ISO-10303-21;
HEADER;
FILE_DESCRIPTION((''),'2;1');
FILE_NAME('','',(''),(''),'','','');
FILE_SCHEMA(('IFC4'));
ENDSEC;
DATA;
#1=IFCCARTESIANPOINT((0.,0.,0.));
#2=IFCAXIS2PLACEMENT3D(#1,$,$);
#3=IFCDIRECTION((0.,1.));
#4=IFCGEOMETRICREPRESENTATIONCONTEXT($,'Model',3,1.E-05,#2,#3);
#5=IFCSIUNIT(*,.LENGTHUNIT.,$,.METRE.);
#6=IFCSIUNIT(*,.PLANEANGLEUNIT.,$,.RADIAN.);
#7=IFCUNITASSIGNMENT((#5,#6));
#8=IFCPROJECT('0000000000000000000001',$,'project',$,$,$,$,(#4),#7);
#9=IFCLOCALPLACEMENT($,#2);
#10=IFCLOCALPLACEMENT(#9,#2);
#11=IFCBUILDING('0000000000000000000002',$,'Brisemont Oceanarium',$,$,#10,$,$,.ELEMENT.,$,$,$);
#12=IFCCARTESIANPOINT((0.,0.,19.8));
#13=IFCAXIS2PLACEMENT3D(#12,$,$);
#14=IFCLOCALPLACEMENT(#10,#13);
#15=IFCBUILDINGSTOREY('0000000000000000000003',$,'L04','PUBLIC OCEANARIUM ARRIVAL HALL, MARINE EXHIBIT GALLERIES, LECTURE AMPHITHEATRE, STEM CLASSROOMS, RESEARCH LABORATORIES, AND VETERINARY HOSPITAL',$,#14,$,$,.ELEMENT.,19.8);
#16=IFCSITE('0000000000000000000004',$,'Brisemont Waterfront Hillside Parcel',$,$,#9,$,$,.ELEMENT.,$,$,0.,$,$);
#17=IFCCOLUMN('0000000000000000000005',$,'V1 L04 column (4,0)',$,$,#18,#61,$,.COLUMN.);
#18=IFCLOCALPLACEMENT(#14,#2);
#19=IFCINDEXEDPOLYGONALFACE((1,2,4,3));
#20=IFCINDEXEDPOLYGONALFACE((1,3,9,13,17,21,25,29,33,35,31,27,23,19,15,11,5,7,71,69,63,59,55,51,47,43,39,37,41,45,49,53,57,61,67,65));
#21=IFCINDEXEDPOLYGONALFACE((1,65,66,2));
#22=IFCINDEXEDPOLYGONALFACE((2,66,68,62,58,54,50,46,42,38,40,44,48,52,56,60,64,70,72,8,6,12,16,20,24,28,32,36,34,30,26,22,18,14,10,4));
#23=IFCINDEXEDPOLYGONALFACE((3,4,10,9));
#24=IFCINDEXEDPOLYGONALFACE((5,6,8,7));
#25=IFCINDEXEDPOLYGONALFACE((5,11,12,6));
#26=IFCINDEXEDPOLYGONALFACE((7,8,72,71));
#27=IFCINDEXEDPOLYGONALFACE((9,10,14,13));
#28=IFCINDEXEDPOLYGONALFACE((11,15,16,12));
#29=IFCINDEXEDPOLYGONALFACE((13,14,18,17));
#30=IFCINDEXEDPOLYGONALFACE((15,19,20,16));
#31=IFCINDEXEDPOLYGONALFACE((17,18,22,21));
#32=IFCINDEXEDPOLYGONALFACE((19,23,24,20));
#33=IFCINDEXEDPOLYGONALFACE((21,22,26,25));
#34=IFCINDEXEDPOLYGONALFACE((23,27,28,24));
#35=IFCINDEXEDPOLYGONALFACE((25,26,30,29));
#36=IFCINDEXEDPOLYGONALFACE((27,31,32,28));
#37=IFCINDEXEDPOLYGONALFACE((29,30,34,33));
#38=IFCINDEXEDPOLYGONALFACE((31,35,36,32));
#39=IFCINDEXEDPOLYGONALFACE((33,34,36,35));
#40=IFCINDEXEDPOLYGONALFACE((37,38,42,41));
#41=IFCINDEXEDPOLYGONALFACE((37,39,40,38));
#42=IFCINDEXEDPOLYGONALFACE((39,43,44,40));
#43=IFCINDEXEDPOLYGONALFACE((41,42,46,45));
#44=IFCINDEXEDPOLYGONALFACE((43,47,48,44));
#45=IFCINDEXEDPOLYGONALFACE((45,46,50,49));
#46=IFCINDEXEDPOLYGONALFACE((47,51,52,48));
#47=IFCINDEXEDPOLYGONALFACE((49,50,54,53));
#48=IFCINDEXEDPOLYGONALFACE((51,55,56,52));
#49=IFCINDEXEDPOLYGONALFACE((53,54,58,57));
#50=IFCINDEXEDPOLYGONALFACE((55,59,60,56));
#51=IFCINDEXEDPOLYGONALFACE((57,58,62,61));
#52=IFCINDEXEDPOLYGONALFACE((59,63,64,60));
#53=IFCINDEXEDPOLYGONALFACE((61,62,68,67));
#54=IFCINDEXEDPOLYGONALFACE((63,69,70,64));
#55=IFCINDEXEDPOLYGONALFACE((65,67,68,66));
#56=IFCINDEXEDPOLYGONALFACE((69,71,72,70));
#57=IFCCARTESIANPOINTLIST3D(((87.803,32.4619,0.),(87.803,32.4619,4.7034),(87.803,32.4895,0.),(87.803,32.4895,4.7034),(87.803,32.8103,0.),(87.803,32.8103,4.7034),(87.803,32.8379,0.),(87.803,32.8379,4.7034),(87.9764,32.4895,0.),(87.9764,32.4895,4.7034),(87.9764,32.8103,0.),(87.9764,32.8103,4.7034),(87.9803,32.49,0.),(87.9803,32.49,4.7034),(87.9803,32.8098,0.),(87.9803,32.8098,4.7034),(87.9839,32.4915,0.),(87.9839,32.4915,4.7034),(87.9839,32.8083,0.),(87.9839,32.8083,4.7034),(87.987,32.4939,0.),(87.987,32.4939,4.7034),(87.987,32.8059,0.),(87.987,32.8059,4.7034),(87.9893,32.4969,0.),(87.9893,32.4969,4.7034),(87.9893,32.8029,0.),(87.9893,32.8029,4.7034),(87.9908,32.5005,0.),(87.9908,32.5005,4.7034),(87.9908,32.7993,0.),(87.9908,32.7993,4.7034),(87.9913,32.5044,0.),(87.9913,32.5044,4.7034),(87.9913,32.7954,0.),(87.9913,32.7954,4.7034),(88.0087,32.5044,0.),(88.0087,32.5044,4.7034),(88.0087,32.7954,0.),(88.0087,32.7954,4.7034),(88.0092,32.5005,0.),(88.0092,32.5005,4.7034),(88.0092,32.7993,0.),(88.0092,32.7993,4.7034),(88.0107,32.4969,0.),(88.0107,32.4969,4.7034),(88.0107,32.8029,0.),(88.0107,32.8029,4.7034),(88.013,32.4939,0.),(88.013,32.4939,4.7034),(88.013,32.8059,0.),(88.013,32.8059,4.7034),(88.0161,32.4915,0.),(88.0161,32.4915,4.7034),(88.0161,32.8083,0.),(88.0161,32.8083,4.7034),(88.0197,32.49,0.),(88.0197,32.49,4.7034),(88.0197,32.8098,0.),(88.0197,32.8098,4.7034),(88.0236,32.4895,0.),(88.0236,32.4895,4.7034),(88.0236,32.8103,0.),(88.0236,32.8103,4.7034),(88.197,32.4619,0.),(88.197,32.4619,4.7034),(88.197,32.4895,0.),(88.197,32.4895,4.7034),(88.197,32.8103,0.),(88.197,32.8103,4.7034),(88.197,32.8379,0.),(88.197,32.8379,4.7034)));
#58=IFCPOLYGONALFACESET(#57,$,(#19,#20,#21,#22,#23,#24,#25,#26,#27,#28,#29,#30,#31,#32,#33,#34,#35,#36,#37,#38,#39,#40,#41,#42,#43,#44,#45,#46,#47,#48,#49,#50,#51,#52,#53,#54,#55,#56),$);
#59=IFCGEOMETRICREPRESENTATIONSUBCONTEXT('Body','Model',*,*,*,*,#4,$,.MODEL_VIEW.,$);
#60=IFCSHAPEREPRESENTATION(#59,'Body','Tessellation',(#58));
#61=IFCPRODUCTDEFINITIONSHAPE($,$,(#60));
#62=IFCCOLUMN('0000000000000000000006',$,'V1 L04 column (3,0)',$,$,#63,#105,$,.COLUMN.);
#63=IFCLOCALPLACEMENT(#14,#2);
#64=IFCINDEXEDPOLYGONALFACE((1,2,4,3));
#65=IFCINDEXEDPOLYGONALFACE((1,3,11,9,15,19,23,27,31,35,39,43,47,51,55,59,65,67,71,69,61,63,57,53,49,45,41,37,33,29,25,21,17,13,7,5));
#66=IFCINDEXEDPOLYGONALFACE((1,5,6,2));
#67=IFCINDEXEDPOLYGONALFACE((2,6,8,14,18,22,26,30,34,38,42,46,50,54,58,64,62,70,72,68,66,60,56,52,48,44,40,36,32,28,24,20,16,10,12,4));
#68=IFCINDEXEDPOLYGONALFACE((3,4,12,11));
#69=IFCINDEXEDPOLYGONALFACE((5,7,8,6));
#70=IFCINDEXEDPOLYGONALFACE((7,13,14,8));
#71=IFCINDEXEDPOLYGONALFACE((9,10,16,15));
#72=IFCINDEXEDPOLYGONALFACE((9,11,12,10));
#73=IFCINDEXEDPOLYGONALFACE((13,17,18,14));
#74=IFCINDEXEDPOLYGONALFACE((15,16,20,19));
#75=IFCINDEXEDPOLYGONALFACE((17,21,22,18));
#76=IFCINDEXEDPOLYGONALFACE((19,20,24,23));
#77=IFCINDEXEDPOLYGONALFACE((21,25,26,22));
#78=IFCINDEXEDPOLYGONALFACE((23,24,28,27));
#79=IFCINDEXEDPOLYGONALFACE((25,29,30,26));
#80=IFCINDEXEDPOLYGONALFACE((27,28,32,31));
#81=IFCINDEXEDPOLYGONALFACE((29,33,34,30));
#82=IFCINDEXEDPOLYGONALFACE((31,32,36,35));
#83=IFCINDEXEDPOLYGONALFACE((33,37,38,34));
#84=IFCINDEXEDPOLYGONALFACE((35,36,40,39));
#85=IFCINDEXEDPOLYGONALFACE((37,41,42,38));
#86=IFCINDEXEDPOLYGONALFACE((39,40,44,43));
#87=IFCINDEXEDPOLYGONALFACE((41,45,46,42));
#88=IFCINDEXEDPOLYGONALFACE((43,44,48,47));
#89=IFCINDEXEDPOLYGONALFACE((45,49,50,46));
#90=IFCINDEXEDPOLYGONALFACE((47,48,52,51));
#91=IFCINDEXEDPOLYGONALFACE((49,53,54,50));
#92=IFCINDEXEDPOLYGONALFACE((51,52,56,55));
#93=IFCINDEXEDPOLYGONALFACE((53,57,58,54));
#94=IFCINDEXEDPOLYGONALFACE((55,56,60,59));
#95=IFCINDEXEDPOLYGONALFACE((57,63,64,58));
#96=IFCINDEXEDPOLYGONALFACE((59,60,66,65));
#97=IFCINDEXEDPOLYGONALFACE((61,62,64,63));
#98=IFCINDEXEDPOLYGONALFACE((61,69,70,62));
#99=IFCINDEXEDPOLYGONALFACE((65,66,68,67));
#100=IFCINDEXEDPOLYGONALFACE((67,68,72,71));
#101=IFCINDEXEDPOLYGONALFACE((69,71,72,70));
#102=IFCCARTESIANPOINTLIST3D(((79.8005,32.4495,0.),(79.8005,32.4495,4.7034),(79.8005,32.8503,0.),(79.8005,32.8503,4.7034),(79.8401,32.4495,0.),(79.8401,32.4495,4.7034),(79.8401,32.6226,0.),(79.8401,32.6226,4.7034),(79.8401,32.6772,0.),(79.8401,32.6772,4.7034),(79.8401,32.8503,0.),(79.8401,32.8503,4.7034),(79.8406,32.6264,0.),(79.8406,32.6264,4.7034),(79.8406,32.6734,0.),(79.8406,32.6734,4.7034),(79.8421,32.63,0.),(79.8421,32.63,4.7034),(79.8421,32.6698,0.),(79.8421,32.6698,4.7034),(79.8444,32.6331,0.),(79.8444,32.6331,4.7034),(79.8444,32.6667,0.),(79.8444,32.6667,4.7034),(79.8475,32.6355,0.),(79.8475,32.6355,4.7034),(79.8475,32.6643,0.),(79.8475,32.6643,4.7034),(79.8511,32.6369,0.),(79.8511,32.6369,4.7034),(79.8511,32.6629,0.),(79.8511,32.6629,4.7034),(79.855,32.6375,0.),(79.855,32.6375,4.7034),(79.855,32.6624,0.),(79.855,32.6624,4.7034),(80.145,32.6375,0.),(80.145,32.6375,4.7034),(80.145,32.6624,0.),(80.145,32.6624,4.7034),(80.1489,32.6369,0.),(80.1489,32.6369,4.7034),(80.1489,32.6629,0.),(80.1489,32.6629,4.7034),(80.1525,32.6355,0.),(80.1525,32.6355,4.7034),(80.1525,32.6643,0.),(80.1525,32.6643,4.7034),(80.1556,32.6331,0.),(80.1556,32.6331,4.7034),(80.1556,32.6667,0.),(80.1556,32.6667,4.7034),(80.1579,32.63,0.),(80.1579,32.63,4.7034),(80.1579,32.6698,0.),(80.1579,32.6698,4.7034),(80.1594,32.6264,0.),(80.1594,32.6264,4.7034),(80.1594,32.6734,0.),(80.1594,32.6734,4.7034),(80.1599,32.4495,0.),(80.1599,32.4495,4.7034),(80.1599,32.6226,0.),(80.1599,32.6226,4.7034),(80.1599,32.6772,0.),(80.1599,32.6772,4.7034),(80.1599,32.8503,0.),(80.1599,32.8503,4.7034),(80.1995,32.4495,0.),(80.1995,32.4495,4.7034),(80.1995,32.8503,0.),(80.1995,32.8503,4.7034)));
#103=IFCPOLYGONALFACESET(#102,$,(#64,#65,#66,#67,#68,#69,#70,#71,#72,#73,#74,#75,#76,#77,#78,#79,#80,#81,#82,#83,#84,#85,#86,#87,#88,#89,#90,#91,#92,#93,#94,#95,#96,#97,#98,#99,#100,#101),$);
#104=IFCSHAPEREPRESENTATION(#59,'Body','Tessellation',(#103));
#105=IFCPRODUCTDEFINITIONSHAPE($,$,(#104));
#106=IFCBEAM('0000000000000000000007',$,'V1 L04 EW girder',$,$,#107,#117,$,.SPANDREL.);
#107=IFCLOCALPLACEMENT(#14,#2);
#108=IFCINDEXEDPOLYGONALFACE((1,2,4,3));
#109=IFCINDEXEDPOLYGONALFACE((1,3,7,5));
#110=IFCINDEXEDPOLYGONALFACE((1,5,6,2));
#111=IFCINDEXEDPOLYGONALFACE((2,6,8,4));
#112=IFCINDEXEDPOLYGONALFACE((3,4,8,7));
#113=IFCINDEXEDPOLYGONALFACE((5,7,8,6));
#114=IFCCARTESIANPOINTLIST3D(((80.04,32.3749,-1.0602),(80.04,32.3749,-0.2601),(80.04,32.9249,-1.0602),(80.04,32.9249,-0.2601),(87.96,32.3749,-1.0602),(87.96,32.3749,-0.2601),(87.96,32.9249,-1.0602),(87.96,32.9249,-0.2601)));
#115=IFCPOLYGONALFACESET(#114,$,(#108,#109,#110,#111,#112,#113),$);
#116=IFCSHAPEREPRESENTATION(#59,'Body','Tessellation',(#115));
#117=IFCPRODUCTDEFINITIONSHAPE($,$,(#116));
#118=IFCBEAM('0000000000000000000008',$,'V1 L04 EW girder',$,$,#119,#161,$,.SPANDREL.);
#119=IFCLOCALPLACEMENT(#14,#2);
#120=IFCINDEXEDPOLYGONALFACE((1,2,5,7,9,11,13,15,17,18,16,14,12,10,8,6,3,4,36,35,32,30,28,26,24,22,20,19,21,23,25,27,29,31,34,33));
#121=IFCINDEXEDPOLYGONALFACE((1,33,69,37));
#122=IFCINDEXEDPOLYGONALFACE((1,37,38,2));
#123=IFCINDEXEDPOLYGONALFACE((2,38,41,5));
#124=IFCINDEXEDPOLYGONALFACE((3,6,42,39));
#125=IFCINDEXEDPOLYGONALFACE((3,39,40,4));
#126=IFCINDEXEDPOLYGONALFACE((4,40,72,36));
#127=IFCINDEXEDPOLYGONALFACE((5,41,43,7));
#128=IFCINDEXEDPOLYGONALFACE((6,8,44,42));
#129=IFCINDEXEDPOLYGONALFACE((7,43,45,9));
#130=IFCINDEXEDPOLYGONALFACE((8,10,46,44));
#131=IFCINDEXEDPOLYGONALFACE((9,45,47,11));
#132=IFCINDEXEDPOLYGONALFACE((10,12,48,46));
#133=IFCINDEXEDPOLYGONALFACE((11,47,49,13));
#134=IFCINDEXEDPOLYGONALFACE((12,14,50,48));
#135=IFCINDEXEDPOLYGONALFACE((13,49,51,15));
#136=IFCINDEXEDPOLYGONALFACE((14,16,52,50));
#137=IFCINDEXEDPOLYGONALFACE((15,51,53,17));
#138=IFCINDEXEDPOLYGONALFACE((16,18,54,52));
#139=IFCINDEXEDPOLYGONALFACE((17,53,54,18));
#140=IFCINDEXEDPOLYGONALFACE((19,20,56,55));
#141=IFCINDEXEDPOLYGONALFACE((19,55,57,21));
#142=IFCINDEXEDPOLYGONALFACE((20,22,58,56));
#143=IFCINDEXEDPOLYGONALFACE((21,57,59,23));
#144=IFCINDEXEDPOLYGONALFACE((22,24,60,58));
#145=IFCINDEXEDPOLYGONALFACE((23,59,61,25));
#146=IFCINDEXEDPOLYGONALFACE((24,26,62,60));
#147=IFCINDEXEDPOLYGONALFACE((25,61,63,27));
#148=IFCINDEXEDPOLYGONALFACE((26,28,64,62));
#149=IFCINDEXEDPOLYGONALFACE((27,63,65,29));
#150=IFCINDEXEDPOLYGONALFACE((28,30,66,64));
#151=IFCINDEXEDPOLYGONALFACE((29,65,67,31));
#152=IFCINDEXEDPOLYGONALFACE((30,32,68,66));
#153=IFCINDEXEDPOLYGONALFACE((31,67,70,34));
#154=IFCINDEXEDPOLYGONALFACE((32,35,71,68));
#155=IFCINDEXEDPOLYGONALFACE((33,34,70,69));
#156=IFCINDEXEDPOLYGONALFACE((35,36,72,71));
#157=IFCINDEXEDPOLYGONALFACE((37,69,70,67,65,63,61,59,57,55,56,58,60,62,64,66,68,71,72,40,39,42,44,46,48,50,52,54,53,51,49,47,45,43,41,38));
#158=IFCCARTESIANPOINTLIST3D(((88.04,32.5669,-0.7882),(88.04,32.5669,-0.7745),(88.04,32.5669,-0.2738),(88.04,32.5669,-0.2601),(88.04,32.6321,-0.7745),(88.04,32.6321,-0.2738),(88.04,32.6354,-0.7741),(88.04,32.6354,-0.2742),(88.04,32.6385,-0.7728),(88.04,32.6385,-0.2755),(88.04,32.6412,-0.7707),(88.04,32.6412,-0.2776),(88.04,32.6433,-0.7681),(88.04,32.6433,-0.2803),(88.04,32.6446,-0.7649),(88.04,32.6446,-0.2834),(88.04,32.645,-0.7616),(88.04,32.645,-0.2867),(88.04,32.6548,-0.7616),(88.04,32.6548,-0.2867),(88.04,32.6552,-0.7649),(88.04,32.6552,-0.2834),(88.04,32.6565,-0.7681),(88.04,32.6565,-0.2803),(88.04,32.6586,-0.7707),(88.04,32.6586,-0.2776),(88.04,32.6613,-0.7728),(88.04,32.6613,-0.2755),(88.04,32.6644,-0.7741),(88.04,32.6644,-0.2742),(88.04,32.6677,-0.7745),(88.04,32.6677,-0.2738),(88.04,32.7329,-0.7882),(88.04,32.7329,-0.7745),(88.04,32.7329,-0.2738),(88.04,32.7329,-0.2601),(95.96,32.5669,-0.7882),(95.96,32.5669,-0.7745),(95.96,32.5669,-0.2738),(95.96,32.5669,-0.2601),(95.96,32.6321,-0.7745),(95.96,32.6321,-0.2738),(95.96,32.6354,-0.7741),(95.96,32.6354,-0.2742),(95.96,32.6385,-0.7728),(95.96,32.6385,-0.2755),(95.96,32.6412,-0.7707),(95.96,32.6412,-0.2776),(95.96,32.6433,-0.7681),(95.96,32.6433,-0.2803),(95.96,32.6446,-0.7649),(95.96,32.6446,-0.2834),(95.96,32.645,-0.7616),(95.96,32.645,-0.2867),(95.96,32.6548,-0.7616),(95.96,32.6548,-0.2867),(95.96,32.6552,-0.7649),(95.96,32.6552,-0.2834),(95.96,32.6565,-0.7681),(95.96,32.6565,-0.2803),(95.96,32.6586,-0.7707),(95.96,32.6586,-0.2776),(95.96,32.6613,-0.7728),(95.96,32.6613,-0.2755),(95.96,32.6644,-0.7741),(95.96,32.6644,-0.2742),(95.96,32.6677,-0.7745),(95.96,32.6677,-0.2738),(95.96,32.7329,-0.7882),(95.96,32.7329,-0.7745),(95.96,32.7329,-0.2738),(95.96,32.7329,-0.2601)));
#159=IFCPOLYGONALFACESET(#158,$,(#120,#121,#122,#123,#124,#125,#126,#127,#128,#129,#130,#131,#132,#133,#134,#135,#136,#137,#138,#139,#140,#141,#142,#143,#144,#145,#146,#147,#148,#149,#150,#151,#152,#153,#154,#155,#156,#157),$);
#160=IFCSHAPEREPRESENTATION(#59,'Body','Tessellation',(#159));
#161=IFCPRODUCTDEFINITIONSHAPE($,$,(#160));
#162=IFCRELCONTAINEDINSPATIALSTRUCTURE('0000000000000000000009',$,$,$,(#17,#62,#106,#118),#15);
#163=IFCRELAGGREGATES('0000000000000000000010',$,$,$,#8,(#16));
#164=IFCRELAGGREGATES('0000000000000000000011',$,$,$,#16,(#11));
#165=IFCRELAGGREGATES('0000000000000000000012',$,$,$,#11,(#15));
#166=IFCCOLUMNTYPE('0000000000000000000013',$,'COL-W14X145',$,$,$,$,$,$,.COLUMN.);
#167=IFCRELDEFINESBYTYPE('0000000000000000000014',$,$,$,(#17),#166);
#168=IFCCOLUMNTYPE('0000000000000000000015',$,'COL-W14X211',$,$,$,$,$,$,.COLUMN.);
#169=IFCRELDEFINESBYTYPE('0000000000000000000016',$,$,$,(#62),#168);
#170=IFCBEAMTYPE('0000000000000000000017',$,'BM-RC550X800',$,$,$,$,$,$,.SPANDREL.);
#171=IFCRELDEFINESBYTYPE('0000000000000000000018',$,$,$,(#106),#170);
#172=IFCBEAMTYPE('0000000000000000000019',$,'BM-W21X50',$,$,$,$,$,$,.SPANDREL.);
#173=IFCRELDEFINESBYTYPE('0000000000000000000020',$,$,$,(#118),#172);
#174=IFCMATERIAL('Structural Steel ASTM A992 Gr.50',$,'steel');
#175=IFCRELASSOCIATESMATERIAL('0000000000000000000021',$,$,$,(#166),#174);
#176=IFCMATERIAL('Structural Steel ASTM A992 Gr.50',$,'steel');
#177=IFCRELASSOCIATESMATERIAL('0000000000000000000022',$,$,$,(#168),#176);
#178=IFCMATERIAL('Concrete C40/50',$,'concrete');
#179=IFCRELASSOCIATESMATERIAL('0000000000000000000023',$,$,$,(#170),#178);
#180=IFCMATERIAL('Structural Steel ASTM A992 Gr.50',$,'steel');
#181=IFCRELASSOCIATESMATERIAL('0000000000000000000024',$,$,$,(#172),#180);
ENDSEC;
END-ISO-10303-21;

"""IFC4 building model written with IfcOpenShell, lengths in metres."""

from ifc_helpers import new_model, si_unit, direction, frame, origin, origin_2d, place, context, subcontext, project, spatial, rectangle, i_section, extrude, material, material_profile, profile_set, type_object, element, save


model = new_model("IFC4")

# Units and contexts
model_context = context("Model", 3, precision=1e-05, world=origin(), true_north=direction((0.0, 1.0)))
body_context = subcontext(model_context, "Body", "Model", "MODEL_VIEW")
ifc_project = project(units=[si_unit("LENGTHUNIT", "METRE"), si_unit("PLANEANGLEUNIT", "RADIAN")], contexts=[model_context])

# Site, building, storey
site_placement = place(None, origin())
site = spatial("IfcSite", under=ifc_project, at=site_placement, Name="Brisemont Waterfront Hillside Parcel", CompositionType="ELEMENT", RefElevation=0.0)
building_placement = place(site_placement, origin())
building = spatial("IfcBuilding", under=site, at=building_placement, Name="Brisemont Oceanarium", CompositionType="ELEMENT")
storey_placement = place(building_placement, frame((0.0, 0.0, 19.8)))
storey = spatial("IfcBuildingStorey", under=building, at=storey_placement, Name="L04", Description="PUBLIC OCEANARIUM ARRIVAL HALL, MARINE EXHIBIT GALLERIES, LECTURE AMPHITHEATRE, STEM CLASSROOMS, RESEARCH LABORATORIES, AND VETERINARY HOSPITAL", CompositionType="ELEMENT", Elevation=19.8)

# Columns
ifc_material_1 = material(Name="Structural Steel ASTM A992 Gr.50", Category="steel")
ifc_material_profile_1 = material_profile(ifc_material_1, i_section(OverallWidth=0.394, OverallDepth=0.376, WebThickness=0.0173, FlangeThickness=0.0276, FilletRadius=0.0149, at=origin_2d()), Name="W14X145")
ifc_profile_set_1 = profile_set([ifc_material_profile_1], Name="Structural Steel ASTM A992 Gr.50")
column_type_1 = type_object("IfcColumnType", Name="COL-W14X145", PredefinedType="COLUMN", material=ifc_profile_set_1)
column_1_placement = place(storey_placement, frame((88.0, 32.6499, 0.0), z_axis=(0.0, 0.0, 1.0), x_axis=(1.0, 0.0, 0.0)))
element("IfcColumn", 1, at=column_1_placement, inside=storey, type_object=column_type_1, Name="V1 L04 column (4,0)", PredefinedType="COLUMN", context=body_context, shape_type="SweptSolid", body=[
    extrude(i_section(OverallWidth=0.394, OverallDepth=0.376, WebThickness=0.0173, FlangeThickness=0.0276, FilletRadius=0.0149, at=origin_2d()), origin(), (0.0, 0.0, 1.0), 4.7034),
])
ifc_material_2 = material(Name="Structural Steel ASTM A992 Gr.50", Category="steel")
ifc_material_profile_2 = material_profile(ifc_material_2, i_section(OverallWidth=0.4009, OverallDepth=0.3989, WebThickness=0.0249, FlangeThickness=0.0396, FilletRadius=0.0149, at=origin_2d()), Name="W14X211")
ifc_profile_set_2 = profile_set([ifc_material_profile_2], Name="Structural Steel ASTM A992 Gr.50")
column_type_2 = type_object("IfcColumnType", Name="COL-W14X211", PredefinedType="COLUMN", material=ifc_profile_set_2)
column_2_placement = place(storey_placement, frame((80.0, 32.6499, 0.0), z_axis=(0.0, 0.0, 1.0), x_axis=(0.0, 1.0, 0.0)))
element("IfcColumn", 2, at=column_2_placement, inside=storey, type_object=column_type_2, Name="V1 L04 column (3,0)", PredefinedType="COLUMN", context=body_context, shape_type="SweptSolid", body=[
    extrude(i_section(OverallWidth=0.4009, OverallDepth=0.3989, WebThickness=0.0249, FlangeThickness=0.0396, FilletRadius=0.0149, at=origin_2d()), origin(), (0.0, 0.0, 1.0), 4.7034),
])

# Beams
ifc_material_3 = material(Name="Concrete C40/50", Category="concrete")
ifc_material_profile_3 = material_profile(ifc_material_3, rectangle(XDim=0.55, YDim=0.8, at=origin_2d()), Name="RC-BM-550X800")
ifc_profile_set_3 = profile_set([ifc_material_profile_3], Name="Concrete C40/50")
beam_type_1 = type_object("IfcBeamType", Name="BM-RC550X800", PredefinedType="SPANDREL", material=ifc_profile_set_3)
beam_1_placement = place(storey_placement, frame((80.04, 32.6499, -0.6602), z_axis=(1.0, 0.0, 0.0), x_axis=(0.0, 1.0, 0.0)))
element("IfcBeam", 3, at=beam_1_placement, inside=storey, type_object=beam_type_1, Name="V1 L04 EW girder", PredefinedType="SPANDREL", context=body_context, shape_type="SweptSolid", body=[
    extrude(rectangle(XDim=0.55, YDim=0.8, at=origin_2d()), origin(), (0.0, 0.0, 1.0), 7.9199),
])
ifc_material_4 = material(Name="Structural Steel ASTM A992 Gr.50", Category="steel")
ifc_material_profile_4 = material_profile(ifc_material_4, i_section(OverallWidth=0.166, OverallDepth=0.5281, WebThickness=0.0098, FlangeThickness=0.0137, FilletRadius=0.0129, at=origin_2d()), Name="W21X50")
ifc_profile_set_4 = profile_set([ifc_material_profile_4], Name="Structural Steel ASTM A992 Gr.50")
beam_type_2 = type_object("IfcBeamType", Name="BM-W21X50", PredefinedType="SPANDREL", material=ifc_profile_set_4)
for number, where, z_axis, x_axis, name in (
    (4, (88.04, 32.6499, -0.5242), (1.0, 0.0, 0.0), (0.0, 1.0, 0.0), "V1 L04 EW girder"),
):
    element("IfcBeam", number, at=place(storey_placement, frame(where, z_axis=z_axis, x_axis=x_axis)), inside=storey, type_object=beam_type_2, Name=name, PredefinedType="SPANDREL", context=body_context, shape_type="SweptSolid", body=[
        extrude(i_section(OverallWidth=0.166, OverallDepth=0.5281, WebThickness=0.0098, FlangeThickness=0.0137, FilletRadius=0.0129, at=origin_2d()), origin(), (0.0, 0.0, 1.0), 7.9199),
    ])

save(model, "model.ifc")
